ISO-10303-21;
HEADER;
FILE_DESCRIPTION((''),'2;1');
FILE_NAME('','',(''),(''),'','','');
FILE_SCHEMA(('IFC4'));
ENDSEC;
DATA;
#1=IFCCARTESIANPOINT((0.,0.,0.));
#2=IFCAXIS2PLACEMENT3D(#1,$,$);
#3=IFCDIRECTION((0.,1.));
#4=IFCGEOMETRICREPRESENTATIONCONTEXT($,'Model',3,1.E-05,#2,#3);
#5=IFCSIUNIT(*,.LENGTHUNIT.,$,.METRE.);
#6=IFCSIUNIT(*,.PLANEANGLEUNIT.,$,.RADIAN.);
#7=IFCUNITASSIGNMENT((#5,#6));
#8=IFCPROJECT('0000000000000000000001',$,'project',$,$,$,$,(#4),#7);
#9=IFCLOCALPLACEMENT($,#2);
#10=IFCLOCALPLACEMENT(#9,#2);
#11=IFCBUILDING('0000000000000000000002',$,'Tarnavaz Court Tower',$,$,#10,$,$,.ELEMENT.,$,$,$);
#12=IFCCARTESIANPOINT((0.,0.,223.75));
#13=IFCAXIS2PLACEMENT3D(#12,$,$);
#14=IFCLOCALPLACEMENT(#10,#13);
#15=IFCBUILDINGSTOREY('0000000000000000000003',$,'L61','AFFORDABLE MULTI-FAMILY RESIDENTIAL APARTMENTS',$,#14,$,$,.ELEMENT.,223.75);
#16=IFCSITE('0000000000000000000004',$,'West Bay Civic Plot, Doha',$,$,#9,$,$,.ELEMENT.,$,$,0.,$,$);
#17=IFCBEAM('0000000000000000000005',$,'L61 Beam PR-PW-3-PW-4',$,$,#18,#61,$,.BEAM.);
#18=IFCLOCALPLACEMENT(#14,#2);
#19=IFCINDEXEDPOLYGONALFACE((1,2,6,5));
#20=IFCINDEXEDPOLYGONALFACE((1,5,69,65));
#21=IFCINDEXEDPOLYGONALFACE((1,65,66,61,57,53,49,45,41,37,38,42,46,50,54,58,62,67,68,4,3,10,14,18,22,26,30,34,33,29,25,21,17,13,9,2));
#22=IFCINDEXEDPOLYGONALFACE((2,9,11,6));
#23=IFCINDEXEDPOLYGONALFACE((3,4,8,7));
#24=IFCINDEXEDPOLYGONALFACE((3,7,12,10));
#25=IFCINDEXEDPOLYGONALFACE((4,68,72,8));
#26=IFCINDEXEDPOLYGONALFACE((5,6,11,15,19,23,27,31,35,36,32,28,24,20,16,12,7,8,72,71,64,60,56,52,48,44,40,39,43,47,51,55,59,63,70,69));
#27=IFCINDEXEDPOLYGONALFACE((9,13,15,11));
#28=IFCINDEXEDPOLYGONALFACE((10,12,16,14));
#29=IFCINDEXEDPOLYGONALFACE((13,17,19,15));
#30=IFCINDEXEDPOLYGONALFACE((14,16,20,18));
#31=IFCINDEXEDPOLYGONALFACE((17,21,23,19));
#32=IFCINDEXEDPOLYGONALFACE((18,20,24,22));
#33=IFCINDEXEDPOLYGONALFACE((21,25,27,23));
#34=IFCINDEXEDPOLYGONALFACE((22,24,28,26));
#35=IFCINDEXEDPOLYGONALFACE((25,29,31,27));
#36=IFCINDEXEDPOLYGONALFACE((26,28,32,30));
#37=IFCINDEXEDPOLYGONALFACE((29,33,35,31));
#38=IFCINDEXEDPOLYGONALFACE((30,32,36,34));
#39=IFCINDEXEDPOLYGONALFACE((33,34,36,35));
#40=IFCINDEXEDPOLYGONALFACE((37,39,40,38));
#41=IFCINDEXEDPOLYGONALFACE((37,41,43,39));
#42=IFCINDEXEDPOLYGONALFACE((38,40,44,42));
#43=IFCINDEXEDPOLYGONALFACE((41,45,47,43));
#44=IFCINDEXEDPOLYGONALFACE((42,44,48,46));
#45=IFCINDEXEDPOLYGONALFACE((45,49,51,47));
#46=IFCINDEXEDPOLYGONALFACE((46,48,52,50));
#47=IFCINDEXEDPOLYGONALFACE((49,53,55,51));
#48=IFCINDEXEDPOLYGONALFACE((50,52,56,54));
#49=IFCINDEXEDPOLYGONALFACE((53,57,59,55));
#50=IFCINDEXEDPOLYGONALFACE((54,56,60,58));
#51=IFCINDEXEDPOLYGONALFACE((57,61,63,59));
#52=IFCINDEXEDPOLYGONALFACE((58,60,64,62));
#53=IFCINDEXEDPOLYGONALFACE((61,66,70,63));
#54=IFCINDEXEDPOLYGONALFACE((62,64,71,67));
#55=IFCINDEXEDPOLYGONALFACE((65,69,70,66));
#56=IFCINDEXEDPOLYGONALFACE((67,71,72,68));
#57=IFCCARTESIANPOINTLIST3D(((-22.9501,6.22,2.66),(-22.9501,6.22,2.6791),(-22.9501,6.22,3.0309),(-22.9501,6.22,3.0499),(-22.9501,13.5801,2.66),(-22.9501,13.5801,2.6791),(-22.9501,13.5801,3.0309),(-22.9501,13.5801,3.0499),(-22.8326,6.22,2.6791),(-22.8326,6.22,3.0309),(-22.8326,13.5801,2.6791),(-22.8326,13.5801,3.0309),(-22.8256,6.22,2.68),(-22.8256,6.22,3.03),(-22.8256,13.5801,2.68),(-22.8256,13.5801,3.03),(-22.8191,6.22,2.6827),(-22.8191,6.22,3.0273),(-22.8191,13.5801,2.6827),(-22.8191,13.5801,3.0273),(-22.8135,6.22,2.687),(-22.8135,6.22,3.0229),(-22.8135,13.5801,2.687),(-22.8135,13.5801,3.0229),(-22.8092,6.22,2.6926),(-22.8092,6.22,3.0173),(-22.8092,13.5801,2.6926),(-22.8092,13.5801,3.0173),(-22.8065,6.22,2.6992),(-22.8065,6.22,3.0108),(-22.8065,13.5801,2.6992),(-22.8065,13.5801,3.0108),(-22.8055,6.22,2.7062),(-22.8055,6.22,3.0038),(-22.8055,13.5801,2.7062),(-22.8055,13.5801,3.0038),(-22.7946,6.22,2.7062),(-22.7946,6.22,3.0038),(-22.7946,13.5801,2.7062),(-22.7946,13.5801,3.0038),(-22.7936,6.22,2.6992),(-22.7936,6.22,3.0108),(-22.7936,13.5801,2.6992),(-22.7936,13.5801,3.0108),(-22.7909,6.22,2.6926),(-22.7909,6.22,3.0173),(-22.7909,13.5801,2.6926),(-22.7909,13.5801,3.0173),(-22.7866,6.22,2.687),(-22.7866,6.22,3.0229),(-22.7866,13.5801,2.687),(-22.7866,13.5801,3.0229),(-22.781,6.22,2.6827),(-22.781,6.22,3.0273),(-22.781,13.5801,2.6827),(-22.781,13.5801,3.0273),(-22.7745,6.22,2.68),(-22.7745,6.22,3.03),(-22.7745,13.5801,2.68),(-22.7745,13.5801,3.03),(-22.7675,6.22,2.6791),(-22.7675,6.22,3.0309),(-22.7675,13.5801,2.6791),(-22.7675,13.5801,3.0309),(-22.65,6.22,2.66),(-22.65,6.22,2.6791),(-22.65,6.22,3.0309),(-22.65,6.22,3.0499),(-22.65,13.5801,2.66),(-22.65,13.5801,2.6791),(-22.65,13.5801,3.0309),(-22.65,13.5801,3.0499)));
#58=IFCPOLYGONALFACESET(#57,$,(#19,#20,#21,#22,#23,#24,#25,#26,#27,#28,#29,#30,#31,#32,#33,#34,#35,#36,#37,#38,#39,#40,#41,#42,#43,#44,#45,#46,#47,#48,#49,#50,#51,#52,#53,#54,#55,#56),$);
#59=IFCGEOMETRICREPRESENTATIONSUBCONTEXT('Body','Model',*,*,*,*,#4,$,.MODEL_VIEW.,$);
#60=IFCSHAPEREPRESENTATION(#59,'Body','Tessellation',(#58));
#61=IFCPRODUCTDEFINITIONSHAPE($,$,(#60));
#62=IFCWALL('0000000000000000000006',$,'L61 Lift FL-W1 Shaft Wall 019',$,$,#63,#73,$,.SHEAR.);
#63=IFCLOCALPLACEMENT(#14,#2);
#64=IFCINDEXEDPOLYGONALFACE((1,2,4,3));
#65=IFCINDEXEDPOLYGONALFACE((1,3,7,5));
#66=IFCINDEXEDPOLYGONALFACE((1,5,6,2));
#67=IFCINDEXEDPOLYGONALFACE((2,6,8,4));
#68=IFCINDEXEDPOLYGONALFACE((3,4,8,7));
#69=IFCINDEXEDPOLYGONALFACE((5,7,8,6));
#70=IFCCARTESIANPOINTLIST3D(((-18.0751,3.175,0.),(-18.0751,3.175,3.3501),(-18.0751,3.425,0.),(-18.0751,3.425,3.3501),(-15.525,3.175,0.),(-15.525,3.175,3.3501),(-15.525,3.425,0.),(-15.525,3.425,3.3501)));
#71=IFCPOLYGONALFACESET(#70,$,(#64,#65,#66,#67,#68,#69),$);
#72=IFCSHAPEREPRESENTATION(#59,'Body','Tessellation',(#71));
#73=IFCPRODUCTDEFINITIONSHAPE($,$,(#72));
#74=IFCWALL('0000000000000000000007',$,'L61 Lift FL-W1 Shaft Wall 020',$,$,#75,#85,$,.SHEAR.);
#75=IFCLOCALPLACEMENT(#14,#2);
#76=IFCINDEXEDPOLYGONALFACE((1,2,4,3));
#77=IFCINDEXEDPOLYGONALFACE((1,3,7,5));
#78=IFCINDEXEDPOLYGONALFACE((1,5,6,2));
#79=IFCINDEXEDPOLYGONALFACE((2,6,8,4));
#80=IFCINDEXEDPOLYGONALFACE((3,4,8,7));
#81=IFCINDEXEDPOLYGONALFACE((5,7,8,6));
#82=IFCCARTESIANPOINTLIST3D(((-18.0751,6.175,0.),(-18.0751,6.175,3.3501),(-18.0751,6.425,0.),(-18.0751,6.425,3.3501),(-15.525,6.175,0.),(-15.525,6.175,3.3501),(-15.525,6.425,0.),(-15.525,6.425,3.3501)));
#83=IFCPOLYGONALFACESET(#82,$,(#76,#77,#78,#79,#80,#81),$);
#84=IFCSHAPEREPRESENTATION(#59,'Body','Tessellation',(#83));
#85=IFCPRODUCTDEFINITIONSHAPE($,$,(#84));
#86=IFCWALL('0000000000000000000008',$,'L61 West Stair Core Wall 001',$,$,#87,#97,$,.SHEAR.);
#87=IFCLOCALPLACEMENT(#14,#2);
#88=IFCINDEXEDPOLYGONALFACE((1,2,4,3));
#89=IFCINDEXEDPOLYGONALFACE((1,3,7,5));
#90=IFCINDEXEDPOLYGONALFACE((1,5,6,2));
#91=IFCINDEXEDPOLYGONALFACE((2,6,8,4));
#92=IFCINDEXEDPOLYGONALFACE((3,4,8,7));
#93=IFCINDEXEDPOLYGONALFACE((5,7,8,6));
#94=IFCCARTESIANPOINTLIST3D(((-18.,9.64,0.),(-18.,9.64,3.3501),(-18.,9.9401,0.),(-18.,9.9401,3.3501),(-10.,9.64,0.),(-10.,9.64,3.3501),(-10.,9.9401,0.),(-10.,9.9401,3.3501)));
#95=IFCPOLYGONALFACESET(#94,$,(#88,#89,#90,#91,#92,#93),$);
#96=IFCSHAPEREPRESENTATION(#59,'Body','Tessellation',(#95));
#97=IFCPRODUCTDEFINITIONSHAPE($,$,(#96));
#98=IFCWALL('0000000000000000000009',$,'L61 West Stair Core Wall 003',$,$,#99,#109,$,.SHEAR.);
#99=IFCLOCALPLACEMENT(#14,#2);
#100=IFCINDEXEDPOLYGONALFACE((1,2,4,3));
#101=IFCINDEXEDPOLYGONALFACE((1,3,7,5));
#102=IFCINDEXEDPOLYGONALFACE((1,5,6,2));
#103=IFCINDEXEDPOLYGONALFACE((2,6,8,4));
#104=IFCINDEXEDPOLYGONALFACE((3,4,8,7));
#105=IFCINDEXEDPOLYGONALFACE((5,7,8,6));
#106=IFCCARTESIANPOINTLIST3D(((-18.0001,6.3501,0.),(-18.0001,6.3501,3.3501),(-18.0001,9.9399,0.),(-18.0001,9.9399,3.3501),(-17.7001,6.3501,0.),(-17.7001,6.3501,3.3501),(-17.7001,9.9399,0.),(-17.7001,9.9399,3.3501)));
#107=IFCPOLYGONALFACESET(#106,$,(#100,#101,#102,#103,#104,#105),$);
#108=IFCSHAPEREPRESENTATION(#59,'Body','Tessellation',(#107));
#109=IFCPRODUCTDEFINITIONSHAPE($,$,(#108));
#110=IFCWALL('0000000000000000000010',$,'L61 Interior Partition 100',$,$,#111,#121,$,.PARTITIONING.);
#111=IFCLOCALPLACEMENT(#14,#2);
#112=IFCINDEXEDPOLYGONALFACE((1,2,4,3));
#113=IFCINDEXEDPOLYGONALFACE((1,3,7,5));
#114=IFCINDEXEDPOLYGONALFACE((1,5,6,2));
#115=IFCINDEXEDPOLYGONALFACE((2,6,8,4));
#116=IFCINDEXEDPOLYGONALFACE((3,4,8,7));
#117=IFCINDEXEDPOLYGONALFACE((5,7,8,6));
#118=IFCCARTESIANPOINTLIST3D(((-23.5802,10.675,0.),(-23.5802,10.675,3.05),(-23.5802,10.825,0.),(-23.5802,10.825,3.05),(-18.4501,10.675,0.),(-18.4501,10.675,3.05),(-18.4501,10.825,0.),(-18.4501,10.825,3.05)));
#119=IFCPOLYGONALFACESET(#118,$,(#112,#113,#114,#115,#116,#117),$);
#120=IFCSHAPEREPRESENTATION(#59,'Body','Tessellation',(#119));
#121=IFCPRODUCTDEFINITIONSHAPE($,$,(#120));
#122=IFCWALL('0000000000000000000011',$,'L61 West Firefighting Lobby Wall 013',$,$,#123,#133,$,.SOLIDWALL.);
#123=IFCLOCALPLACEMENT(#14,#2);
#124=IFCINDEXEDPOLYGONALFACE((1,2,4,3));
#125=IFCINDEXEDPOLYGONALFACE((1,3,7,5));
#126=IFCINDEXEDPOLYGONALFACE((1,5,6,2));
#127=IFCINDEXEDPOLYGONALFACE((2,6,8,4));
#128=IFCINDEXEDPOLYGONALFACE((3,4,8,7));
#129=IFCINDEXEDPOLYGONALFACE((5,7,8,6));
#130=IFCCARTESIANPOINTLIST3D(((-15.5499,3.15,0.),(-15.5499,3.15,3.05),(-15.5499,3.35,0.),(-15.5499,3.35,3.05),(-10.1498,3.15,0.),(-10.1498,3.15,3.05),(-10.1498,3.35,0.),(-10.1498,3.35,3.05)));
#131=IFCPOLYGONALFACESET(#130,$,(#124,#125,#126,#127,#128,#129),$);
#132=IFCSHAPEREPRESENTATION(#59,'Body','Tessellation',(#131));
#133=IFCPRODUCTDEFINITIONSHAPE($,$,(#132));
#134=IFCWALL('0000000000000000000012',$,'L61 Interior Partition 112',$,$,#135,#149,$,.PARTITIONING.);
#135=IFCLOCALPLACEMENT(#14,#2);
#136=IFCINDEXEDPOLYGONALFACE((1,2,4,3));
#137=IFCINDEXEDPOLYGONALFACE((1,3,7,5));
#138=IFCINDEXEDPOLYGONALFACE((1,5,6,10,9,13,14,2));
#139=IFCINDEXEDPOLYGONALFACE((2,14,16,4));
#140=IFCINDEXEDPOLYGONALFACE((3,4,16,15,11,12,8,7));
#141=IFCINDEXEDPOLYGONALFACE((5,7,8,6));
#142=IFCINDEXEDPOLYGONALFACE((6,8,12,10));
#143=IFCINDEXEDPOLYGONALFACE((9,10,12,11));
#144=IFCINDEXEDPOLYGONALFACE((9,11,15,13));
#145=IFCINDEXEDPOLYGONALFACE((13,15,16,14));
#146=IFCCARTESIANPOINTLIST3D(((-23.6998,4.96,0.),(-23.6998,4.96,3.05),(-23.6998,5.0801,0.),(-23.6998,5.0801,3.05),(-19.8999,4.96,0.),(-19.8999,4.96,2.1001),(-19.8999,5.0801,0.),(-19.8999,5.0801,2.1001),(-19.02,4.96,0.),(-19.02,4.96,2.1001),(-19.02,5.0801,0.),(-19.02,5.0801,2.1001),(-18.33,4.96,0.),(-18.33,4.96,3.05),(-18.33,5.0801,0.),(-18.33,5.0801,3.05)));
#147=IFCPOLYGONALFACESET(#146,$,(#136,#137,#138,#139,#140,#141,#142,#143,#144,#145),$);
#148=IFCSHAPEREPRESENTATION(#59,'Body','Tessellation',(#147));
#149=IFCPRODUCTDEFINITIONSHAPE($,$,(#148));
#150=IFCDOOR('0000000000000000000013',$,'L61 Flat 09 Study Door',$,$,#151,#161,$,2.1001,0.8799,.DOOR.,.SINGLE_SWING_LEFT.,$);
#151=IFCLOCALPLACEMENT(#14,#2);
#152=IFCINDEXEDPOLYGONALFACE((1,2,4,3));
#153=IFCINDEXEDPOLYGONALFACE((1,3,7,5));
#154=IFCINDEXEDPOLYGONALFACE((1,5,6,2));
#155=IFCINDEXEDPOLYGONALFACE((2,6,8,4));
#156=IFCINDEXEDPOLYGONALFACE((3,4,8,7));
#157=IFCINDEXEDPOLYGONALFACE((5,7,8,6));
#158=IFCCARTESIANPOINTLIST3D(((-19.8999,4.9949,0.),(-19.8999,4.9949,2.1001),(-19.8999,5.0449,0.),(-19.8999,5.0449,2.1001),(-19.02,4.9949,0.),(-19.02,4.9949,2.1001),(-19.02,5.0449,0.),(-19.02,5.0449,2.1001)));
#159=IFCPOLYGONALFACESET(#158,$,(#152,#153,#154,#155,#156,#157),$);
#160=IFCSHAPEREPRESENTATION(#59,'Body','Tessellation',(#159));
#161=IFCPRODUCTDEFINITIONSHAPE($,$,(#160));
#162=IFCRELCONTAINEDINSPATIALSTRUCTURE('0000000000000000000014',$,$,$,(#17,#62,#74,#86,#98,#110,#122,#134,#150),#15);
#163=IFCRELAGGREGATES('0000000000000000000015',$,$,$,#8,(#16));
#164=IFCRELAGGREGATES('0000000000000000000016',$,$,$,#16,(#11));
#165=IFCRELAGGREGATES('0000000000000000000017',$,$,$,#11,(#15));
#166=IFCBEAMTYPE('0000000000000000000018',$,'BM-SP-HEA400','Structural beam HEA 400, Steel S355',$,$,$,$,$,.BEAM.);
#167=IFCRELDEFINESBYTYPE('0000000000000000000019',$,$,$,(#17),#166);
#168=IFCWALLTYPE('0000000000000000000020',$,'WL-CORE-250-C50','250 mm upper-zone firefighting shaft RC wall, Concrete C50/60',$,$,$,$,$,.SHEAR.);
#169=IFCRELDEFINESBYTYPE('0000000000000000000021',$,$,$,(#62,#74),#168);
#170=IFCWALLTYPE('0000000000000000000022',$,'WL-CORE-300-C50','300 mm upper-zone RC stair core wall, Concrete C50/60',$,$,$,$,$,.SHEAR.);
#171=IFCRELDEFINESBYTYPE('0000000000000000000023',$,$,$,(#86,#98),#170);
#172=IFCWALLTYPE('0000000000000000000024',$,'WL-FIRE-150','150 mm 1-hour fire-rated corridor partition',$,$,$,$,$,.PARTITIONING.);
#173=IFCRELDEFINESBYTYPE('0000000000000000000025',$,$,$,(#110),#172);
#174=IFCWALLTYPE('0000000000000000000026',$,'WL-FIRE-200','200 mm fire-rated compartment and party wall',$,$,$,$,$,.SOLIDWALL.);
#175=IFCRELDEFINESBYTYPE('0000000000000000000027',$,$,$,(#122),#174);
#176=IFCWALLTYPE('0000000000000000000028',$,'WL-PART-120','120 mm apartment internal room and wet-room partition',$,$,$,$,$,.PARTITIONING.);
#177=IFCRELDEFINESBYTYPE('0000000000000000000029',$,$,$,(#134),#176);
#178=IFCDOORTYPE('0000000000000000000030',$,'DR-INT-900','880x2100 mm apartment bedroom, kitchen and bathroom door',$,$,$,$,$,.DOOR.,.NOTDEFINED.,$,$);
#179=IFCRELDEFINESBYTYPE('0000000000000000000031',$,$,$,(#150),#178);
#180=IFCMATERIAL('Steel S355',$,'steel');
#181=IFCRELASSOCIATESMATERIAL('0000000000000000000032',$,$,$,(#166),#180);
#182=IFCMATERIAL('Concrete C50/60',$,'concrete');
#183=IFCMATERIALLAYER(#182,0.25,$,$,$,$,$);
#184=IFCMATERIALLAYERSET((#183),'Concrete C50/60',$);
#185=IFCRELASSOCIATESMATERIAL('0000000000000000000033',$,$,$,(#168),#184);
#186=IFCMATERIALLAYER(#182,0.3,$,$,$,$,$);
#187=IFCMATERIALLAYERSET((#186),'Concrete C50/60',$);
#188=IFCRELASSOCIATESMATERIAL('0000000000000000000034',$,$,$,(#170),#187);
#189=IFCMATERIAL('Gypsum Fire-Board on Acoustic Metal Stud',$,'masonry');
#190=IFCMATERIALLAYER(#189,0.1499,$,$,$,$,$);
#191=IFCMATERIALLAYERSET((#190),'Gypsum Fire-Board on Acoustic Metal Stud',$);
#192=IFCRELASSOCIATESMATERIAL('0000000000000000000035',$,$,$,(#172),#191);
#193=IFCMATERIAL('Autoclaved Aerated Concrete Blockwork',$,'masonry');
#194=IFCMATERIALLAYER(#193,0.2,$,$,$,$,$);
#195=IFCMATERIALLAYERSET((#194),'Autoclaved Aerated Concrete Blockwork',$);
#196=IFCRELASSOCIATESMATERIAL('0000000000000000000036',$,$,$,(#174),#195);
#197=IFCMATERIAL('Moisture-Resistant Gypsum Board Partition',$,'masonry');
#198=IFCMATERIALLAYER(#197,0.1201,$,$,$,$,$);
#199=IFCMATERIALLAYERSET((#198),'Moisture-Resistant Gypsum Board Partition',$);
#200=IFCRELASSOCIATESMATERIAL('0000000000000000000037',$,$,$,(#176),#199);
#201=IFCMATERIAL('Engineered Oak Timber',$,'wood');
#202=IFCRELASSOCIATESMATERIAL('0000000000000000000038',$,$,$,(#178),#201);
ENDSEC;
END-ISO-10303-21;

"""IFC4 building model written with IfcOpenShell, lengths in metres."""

from ifc_helpers import new_model, si_unit, direction, frame, frame_2d, origin, origin_2d, place, context, subcontext, project, spatial, rectangle, i_section, extrude, material, layer, layer_set, material_profile, profile_set, type_object, element, fill, save


model = new_model("IFC4")

# Units and contexts
model_context = context("Model", 3, precision=1e-05, world=origin(), true_north=direction((0.0, 1.0)))
body_context = subcontext(model_context, "Body", "Model", "MODEL_VIEW")
ifc_project = project(units=[si_unit("LENGTHUNIT", "METRE"), si_unit("PLANEANGLEUNIT", "RADIAN")], contexts=[model_context])

# Site, building, storey
site_placement = place(None, origin())
site = spatial("IfcSite", under=ifc_project, at=site_placement, Name="West Bay Civic Plot, Doha", CompositionType="ELEMENT", RefElevation=0.0)
building_placement = place(site_placement, origin())
building = spatial("IfcBuilding", under=site, at=building_placement, Name="Tarnavaz Court Tower", CompositionType="ELEMENT")
storey_placement = place(building_placement, frame((0.0, 0.0, 223.75)))
storey = spatial("IfcBuildingStorey", under=building, at=storey_placement, Name="L61", Description="AFFORDABLE MULTI-FAMILY RESIDENTIAL APARTMENTS", CompositionType="ELEMENT", Elevation=223.75)

# Shared definitions
ifc_material_1 = material(Name="Concrete C50/60", Category="concrete")

# Beam
ifc_material_2 = material(Name="Steel S355", Category="steel")
ifc_material_profile_1 = material_profile(ifc_material_2, i_section(OverallWidth=0.3, OverallDepth=0.3899, WebThickness=0.011, FlangeThickness=0.019, FilletRadius=0.0271, at=origin_2d()), Name="HEA 400")
ifc_profile_set_1 = profile_set([ifc_material_profile_1], Name="Steel S355")
beam_type_1 = type_object("IfcBeamType", Name="BM-SP-HEA400", Description="Structural beam HEA 400, Steel S355", PredefinedType="BEAM", material=ifc_profile_set_1)
beam_1_placement = place(storey_placement, frame((-22.8, 6.22, 2.855), z_axis=(0.0, 1.0, 0.0), x_axis=(-1.0, 0.0, 0.0)))
element("IfcBeam", 1, at=beam_1_placement, inside=storey, type_object=beam_type_1, Name="L61 Beam PR-PW-3-PW-4", PredefinedType="BEAM", context=body_context, shape_type="SweptSolid", body=[
    extrude(i_section(OverallWidth=0.3, OverallDepth=0.3899, WebThickness=0.011, FlangeThickness=0.019, FilletRadius=0.0271, at=origin_2d()), origin(), (0.0, 0.0, 1.0), 7.3601),
])

# Walls
ifc_layer_1 = layer(ifc_material_1, 0.25)
ifc_layer_set_1 = layer_set([ifc_layer_1], Name="Concrete C50/60")
wall_type_1 = type_object("IfcWallType", Name="WL-CORE-250-C50", Description="250 mm upper-zone firefighting shaft RC wall, Concrete C50/60", PredefinedType="SHEAR", material=ifc_layer_set_1)
for number, where, z_axis, x_axis, name in (
    (2, (-18.075, 3.3, 0.0), (0.0, 0.0, 1.0), (1.0, 0.0, 0.0), "L61 Lift FL-W1 Shaft Wall 019"),
    (3, (-18.075, 6.3, 0.0), (0.0, 0.0, 1.0), (1.0, 0.0, 0.0), "L61 Lift FL-W1 Shaft Wall 020"),
):
    element("IfcWall", number, at=place(storey_placement, frame(where, z_axis=z_axis, x_axis=x_axis)), inside=storey, type_object=wall_type_1, Name=name, PredefinedType="SHEAR", context=body_context, shape_type="SweptSolid", body=[
        extrude(rectangle(XDim=2.55, YDim=0.25, at=frame_2d((1.2749, 0.0))), origin(), (0.0, 0.0, 1.0), 3.3501),
    ])
ifc_layer_2 = layer(ifc_material_1, 0.3)
ifc_layer_set_2 = layer_set([ifc_layer_2], Name="Concrete C50/60")
wall_type_2 = type_object("IfcWallType", Name="WL-CORE-300-C50", Description="300 mm upper-zone RC stair core wall, Concrete C50/60", PredefinedType="SHEAR", material=ifc_layer_set_2)
wall_1_placement = place(storey_placement, frame((-18.0, 9.79, 0.0), z_axis=(0.0, 0.0, 1.0), x_axis=(1.0, 0.0, 0.0)))
element("IfcWall", 4, at=wall_1_placement, inside=storey, type_object=wall_type_2, Name="L61 West Stair Core Wall 001", PredefinedType="SHEAR", context=body_context, shape_type="SweptSolid", body=[
    extrude(rectangle(XDim=8.0, YDim=0.3, at=frame_2d((4.0, 0.0))), origin(), (0.0, 0.0, 1.0), 3.3501),
])

# Walls
wall_2_placement = place(storey_placement, frame((-17.8501, 6.3501, 0.0), z_axis=(0.0, 0.0, 1.0), x_axis=(0.0, 1.0, 0.0)))
element("IfcWall", 5, at=wall_2_placement, inside=storey, type_object=wall_type_2, Name="L61 West Stair Core Wall 003", PredefinedType="SHEAR", context=body_context, shape_type="SweptSolid", body=[
    extrude(rectangle(XDim=3.5898, YDim=0.3, at=frame_2d((1.7949, 0.0))), origin(), (0.0, 0.0, 1.0), 3.3501),
])
ifc_material_3 = material(Name="Gypsum Fire-Board on Acoustic Metal Stud", Category="masonry")
ifc_layer_3 = layer(ifc_material_3, 0.1499)
ifc_layer_set_3 = layer_set([ifc_layer_3], Name="Gypsum Fire-Board on Acoustic Metal Stud")
wall_type_3 = type_object("IfcWallType", Name="WL-FIRE-150", Description="150 mm 1-hour fire-rated corridor partition", PredefinedType="PARTITIONING", material=ifc_layer_set_3)
wall_3_placement = place(storey_placement, frame((-23.5801, 10.75, 0.0), z_axis=(0.0, 0.0, 1.0), x_axis=(1.0, 0.0, 0.0)))
element("IfcWall", 6, at=wall_3_placement, inside=storey, type_object=wall_type_3, Name="L61 Interior Partition 100", PredefinedType="PARTITIONING", context=body_context, shape_type="SweptSolid", body=[
    extrude(rectangle(XDim=5.1301, YDim=0.1499, at=frame_2d((2.5649, 0.0))), origin(), (0.0, 0.0, 1.0), 3.05),
])
ifc_material_4 = material(Name="Autoclaved Aerated Concrete Blockwork", Category="masonry")
ifc_layer_4 = layer(ifc_material_4, 0.2)
ifc_layer_set_4 = layer_set([ifc_layer_4], Name="Autoclaved Aerated Concrete Blockwork")
wall_type_4 = type_object("IfcWallType", Name="WL-FIRE-200", Description="200 mm fire-rated compartment and party wall", PredefinedType="SOLIDWALL", material=ifc_layer_set_4)
wall_4_placement = place(storey_placement, frame((-15.55, 3.25, 0.0), z_axis=(0.0, 0.0, 1.0), x_axis=(1.0, 0.0, 0.0)))
element("IfcWall", 7, at=wall_4_placement, inside=storey, type_object=wall_type_4, Name="L61 West Firefighting Lobby Wall 013", PredefinedType="SOLIDWALL", context=body_context, shape_type="SweptSolid", body=[
    extrude(rectangle(XDim=5.4001, YDim=0.2, at=frame_2d((2.7002, 0.0))), origin(), (0.0, 0.0, 1.0), 3.05),
])

# Wall, opening, door
ifc_material_5 = material(Name="Moisture-Resistant Gypsum Board Partition", Category="masonry")
ifc_layer_5 = layer(ifc_material_5, 0.1201)
ifc_layer_set_5 = layer_set([ifc_layer_5], Name="Moisture-Resistant Gypsum Board Partition")
wall_type_5 = type_object("IfcWallType", Name="WL-PART-120", Description="120 mm apartment internal room and wet-room partition", PredefinedType="PARTITIONING", material=ifc_layer_set_5)
wall_5_placement = place(storey_placement, frame((-23.7, 5.02, 0.0), z_axis=(0.0, 0.0, 1.0), x_axis=(1.0, 0.0, 0.0)))
wall_5 = element("IfcWall", 8, at=wall_5_placement, inside=storey, type_object=wall_type_5, Name="L61 Interior Partition 112", PredefinedType="PARTITIONING", context=body_context, shape_type="SweptSolid", body=[
    extrude(rectangle(XDim=5.3699, YDim=0.1201, at=frame_2d((2.6851, 0.0))), origin(), (0.0, 0.0, 1.0), 3.05),
])
opening_1_placement = place(wall_5_placement, frame((3.8, 0.0, 0.0)))
opening_1 = element("IfcOpeningElement", 9, at=opening_1_placement, cuts=wall_5, PredefinedType="OPENING", context=body_context, shape_type="SweptSolid", body=[
    extrude(rectangle(XDim=0.8799, YDim=2.1001, at=frame_2d((0.4399, 1.05))), frame((0.0, 0.0701, 0.0), z_axis=(0.0, -1.0, 0.0), x_axis=(1.0, 0.0, 0.0)), (0.0, 0.0, 1.0), 0.1401),
])
ifc_material_6 = material(Name="Engineered Oak Timber", Category="wood")
door_type_1 = type_object("IfcDoorType", Name="DR-INT-900", Description="880x2100 mm apartment bedroom, kitchen and bathroom door", OperationType="NOTDEFINED", PredefinedType="DOOR", material=ifc_material_6)
door_1_placement = place(opening_1_placement, origin())
door_1 = element("IfcDoor", 10, at=door_1_placement, inside=storey, type_object=door_type_1, Name="L61 Flat 09 Study Door", OperationType="SINGLE_SWING_LEFT", OverallHeight=2.1001, OverallWidth=0.8799, PredefinedType="DOOR", context=body_context, shape_type="SweptSolid", body=[
    extrude(rectangle(XDim=0.8799, YDim=2.1001, at=frame_2d((0.4399, 1.05))), frame((0.0, 0.0249, 0.0), z_axis=(0.0, -1.0, 0.0), x_axis=(1.0, 0.0, 0.0)), (0.0, 0.0, 1.0), 0.05),
])
fill(opening_1, door_1)

save(model, "model.ifc")
